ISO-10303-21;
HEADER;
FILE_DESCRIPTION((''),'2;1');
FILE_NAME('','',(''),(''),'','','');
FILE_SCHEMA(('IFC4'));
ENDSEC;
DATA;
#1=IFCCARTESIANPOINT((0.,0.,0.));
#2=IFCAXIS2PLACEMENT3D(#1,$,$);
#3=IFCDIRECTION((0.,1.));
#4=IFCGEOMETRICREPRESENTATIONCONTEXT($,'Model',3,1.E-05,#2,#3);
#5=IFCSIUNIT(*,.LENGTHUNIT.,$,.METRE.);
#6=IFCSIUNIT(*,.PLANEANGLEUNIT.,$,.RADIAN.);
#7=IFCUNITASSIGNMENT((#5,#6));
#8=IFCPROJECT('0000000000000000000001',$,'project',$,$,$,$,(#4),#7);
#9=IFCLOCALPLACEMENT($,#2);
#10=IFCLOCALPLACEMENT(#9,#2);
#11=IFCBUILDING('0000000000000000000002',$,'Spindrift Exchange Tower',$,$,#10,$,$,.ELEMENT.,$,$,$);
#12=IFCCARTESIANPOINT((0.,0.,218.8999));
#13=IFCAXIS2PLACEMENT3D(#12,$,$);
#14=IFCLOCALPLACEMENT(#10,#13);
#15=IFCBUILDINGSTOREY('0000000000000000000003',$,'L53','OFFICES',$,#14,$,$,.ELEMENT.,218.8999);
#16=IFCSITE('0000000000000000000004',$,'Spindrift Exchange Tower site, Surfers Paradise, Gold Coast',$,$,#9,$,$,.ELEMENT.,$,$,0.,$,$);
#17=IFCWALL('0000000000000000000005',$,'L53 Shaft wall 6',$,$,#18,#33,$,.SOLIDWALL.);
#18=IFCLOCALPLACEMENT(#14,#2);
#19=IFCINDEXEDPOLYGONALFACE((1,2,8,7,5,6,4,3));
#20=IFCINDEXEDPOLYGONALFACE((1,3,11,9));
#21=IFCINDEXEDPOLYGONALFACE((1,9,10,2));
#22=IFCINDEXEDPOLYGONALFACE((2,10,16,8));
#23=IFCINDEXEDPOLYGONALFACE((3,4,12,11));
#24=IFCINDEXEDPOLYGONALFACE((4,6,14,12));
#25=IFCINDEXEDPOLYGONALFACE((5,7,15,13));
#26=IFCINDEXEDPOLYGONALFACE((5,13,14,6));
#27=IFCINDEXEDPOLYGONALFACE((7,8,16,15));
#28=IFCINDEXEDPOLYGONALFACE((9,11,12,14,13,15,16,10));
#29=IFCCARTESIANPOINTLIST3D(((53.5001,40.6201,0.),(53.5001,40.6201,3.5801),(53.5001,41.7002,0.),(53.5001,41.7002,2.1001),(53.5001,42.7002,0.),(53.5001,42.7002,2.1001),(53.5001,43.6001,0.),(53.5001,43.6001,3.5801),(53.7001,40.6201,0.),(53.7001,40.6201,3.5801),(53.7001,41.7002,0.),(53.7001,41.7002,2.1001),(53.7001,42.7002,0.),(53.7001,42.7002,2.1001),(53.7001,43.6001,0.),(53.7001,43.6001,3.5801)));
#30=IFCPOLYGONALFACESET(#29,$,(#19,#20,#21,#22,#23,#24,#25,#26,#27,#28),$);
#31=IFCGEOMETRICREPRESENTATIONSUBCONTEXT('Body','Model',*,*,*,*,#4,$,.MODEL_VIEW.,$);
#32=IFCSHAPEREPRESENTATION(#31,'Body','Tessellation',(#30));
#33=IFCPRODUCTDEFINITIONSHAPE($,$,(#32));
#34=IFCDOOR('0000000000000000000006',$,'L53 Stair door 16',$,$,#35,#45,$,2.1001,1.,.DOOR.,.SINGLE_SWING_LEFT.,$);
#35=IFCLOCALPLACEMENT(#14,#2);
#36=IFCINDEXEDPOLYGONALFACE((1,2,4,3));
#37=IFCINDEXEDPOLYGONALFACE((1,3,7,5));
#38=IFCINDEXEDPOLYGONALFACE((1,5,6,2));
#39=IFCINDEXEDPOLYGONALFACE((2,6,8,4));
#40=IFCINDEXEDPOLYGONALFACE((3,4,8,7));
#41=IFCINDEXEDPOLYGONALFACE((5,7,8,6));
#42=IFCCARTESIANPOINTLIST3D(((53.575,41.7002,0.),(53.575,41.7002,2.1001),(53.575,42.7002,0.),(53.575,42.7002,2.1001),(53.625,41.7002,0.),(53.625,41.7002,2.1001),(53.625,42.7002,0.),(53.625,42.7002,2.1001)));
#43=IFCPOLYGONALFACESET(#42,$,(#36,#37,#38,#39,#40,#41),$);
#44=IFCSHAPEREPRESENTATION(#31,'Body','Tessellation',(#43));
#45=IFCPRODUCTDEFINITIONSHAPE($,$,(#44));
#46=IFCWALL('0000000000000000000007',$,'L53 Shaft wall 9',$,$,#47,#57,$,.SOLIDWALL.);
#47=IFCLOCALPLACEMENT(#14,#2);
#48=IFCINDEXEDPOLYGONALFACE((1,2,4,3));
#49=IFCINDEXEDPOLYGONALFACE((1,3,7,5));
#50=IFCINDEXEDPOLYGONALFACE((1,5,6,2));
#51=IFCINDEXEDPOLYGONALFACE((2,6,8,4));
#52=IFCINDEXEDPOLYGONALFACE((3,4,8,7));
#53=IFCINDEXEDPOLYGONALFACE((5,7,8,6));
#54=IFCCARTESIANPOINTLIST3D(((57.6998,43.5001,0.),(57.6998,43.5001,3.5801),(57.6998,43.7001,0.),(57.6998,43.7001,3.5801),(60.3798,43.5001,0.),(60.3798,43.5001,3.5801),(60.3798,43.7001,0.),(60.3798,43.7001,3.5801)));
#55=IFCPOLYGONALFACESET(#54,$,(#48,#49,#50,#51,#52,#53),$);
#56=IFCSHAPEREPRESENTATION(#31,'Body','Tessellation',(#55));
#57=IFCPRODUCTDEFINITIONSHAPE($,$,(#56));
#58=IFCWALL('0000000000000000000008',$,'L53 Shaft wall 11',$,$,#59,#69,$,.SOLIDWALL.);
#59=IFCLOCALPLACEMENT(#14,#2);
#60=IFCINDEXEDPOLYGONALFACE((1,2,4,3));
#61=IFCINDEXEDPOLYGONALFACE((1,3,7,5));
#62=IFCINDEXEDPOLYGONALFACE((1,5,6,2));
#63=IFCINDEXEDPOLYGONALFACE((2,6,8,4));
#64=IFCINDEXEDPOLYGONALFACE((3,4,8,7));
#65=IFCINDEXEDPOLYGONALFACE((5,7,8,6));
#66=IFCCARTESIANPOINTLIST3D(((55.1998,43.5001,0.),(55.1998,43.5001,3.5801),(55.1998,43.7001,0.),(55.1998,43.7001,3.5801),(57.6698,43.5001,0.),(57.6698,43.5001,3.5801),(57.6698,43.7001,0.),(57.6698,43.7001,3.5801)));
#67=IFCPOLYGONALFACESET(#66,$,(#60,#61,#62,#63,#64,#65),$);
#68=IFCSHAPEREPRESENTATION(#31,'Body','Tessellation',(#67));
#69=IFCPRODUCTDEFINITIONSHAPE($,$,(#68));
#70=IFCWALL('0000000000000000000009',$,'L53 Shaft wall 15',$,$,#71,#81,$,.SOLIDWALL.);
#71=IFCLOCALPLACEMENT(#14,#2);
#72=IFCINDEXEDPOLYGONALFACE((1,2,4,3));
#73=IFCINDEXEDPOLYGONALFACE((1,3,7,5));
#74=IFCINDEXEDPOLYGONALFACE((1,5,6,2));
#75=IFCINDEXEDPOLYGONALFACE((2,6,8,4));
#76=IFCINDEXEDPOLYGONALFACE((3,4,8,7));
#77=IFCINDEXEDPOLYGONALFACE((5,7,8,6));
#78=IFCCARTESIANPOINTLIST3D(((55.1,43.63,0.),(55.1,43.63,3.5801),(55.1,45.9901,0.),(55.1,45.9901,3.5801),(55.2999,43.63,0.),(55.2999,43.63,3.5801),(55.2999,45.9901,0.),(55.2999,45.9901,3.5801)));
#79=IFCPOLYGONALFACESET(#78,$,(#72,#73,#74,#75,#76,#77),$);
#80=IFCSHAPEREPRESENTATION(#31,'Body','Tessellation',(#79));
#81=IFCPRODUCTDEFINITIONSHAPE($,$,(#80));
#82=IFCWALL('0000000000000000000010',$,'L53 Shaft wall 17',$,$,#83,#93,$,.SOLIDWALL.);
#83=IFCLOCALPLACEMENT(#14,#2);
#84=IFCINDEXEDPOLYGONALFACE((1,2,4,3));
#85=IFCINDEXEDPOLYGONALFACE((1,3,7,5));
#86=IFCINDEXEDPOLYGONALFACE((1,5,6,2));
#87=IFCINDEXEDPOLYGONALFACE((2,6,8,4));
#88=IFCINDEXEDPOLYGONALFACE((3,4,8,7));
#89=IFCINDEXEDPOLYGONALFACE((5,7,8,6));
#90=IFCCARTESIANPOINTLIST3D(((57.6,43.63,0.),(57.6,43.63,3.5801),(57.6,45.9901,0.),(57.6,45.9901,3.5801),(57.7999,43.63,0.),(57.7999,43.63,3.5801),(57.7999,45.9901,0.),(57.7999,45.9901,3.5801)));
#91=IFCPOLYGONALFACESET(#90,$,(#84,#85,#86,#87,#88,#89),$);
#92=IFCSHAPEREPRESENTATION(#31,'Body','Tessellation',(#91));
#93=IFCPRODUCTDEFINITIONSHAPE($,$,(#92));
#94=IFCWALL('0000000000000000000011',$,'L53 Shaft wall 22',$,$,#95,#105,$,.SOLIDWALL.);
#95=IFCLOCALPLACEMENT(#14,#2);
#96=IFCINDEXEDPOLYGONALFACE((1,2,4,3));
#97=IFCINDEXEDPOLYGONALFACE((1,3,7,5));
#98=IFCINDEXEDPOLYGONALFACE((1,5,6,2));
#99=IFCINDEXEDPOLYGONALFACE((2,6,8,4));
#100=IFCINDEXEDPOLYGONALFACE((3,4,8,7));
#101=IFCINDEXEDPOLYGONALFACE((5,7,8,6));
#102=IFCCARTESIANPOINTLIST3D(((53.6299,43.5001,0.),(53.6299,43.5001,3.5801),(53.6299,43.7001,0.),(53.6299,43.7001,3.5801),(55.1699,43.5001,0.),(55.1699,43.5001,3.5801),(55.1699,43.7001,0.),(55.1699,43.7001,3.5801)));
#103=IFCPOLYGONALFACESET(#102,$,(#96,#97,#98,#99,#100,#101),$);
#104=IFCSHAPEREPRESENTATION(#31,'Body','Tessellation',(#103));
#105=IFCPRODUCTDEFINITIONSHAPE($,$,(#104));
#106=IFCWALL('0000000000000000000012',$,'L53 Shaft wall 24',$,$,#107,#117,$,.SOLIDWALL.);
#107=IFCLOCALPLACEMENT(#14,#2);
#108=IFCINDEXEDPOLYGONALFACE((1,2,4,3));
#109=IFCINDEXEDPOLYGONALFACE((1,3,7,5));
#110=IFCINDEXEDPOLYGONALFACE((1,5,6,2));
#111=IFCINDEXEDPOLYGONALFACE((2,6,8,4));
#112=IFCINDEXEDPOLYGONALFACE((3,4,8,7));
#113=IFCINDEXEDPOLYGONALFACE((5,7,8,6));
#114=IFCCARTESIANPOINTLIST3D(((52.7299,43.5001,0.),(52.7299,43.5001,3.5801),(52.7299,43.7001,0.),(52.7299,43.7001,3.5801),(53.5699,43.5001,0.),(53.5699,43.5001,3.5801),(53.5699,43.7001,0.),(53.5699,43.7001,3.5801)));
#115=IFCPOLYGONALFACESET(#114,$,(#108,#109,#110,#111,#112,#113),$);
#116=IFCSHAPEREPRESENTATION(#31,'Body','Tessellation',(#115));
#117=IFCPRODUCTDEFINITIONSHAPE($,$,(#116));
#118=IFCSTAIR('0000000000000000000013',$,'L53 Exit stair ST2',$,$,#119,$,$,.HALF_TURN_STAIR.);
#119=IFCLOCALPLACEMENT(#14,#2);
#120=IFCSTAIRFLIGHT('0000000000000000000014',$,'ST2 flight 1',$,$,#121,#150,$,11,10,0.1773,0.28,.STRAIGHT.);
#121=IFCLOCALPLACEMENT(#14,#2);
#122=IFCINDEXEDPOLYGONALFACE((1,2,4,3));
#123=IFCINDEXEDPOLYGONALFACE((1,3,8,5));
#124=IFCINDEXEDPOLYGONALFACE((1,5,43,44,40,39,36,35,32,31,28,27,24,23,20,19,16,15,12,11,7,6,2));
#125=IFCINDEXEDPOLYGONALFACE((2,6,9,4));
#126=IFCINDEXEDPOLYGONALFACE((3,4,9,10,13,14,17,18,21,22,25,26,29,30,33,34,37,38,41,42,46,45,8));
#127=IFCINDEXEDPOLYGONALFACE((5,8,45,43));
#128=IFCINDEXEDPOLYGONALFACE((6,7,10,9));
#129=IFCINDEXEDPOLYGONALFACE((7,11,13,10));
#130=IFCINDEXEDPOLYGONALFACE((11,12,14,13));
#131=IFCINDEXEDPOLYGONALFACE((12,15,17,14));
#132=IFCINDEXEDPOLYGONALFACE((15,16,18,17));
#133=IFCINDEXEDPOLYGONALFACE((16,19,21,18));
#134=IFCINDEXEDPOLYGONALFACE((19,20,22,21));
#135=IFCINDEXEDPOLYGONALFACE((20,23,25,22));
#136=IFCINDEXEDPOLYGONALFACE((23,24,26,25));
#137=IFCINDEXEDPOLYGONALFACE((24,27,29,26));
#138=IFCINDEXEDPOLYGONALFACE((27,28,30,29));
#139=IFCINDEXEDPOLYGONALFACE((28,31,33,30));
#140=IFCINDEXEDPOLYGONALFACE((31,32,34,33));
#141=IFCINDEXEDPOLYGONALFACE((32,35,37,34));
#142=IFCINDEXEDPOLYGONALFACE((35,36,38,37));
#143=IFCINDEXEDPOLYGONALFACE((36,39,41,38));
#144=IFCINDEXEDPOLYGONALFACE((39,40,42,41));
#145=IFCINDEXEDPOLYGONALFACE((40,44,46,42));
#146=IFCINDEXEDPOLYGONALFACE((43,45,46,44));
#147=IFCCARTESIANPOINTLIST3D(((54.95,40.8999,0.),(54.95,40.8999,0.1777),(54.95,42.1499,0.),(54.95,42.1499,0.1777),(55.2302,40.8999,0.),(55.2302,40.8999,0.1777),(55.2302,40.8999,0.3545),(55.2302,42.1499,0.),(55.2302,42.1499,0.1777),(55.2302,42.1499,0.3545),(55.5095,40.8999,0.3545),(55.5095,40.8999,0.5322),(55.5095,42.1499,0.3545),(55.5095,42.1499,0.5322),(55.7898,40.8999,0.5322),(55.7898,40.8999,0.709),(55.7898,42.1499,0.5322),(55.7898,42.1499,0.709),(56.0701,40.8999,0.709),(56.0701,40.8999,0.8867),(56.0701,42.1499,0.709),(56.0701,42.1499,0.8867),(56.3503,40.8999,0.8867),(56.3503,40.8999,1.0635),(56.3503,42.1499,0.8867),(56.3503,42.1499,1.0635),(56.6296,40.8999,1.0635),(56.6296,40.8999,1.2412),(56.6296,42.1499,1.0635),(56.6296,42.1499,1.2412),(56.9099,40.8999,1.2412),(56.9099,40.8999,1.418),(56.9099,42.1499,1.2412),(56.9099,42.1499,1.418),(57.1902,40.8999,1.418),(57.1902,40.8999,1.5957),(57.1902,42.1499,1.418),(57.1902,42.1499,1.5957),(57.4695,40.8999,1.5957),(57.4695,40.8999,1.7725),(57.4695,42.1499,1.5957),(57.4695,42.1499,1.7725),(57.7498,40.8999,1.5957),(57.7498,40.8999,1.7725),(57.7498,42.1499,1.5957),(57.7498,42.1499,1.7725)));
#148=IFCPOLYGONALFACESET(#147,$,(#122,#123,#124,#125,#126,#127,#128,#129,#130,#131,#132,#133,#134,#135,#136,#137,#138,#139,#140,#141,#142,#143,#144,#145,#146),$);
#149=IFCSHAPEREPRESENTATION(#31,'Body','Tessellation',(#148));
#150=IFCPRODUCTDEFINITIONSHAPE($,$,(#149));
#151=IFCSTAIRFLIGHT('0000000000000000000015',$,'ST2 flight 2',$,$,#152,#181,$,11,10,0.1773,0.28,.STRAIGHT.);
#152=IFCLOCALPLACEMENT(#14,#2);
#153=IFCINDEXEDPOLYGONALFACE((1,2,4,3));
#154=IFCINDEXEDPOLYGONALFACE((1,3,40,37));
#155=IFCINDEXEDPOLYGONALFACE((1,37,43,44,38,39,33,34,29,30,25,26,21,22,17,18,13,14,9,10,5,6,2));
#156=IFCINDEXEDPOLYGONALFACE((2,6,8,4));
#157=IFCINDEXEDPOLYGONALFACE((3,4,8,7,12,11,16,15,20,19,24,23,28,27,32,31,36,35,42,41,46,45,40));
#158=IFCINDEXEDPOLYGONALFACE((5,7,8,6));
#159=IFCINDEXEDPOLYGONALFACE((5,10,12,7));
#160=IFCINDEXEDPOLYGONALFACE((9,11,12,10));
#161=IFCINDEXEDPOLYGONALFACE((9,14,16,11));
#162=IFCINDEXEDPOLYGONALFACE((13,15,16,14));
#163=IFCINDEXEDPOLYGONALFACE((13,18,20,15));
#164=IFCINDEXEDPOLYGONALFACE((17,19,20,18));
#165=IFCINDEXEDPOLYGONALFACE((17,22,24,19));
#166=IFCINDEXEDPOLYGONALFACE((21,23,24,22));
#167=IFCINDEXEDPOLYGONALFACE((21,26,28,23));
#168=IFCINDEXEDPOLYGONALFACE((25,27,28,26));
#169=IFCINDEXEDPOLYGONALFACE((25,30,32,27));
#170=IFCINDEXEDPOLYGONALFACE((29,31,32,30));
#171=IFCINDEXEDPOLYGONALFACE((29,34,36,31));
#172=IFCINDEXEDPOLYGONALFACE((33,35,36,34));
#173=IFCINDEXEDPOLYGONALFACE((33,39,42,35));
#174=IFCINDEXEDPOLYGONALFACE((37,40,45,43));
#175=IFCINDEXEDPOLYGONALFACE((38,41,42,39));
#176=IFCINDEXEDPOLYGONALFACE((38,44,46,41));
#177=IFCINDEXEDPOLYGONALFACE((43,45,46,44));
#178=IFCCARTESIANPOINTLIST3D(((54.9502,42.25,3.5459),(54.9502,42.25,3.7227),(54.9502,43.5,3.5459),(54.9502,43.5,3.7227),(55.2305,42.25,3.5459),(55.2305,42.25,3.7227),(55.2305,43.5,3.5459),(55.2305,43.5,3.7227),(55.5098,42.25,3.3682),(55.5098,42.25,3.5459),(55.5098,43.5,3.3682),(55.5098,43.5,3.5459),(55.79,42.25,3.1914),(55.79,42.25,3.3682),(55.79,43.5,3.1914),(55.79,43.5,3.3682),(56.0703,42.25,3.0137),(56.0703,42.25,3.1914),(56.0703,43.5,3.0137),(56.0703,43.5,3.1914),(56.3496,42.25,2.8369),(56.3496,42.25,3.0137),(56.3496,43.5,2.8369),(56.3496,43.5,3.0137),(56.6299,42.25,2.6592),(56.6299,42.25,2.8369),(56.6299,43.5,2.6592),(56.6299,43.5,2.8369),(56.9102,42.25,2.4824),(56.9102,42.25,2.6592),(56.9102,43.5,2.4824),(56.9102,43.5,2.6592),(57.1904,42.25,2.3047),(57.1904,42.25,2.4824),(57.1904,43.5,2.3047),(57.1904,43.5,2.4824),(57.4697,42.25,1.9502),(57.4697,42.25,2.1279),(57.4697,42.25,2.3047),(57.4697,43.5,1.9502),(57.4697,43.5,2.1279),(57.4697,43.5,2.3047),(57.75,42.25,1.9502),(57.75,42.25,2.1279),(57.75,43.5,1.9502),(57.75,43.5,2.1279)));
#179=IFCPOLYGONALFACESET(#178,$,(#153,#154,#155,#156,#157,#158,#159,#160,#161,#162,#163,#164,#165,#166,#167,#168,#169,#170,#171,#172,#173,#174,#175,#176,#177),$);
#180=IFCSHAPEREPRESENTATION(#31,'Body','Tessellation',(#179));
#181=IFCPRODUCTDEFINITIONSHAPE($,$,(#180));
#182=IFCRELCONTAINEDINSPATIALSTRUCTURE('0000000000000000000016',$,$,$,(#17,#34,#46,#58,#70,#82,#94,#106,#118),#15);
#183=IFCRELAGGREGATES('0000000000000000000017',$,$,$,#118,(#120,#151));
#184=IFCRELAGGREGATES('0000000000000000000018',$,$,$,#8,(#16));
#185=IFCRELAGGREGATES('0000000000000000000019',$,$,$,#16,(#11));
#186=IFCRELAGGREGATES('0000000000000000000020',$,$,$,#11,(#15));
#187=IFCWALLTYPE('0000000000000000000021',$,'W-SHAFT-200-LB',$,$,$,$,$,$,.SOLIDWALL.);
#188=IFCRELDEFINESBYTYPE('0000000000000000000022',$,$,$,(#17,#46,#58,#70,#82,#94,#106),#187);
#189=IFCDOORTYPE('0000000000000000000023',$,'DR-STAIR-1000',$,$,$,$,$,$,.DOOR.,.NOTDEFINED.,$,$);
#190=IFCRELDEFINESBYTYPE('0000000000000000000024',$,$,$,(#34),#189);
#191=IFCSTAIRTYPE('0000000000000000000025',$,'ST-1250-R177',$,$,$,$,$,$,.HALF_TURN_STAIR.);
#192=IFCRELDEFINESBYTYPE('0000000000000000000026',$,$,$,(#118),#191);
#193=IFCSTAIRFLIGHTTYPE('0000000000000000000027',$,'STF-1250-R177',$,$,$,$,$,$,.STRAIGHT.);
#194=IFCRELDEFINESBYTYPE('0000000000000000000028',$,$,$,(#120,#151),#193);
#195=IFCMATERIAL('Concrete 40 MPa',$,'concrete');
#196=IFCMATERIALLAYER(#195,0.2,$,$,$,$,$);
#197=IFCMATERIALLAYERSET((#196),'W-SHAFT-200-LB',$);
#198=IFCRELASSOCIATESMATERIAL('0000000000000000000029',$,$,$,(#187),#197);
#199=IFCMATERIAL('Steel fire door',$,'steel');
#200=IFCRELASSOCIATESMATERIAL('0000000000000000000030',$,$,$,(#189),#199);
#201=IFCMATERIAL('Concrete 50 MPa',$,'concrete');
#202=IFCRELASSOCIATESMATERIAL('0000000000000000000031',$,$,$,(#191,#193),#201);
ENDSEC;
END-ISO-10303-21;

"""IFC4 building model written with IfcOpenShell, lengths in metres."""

from ifc_helpers import new_model, si_unit, direction, frame, frame_2d, origin, place, context, subcontext, project, spatial, line, indexed_curve, rectangle, outline, extrude, source, transform, mapped, material, layer, layer_set, type_object, element, fill, aggregate, save


model = new_model("IFC4")

# Units and contexts
model_context = context("Model", 3, precision=1e-05, world=origin(), true_north=direction((0.0, 1.0)))
body_context = subcontext(model_context, "Body", "Model", "MODEL_VIEW")
ifc_project = project(units=[si_unit("LENGTHUNIT", "METRE"), si_unit("PLANEANGLEUNIT", "RADIAN")], contexts=[model_context])

# Site, building, storey
site_placement = place(None, origin())
site = spatial("IfcSite", under=ifc_project, at=site_placement, Name="Spindrift Exchange Tower site, Surfers Paradise, Gold Coast", CompositionType="ELEMENT", RefElevation=0.0)
building_placement = place(site_placement, origin())
building = spatial("IfcBuilding", under=site, at=building_placement, Name="Spindrift Exchange Tower", CompositionType="ELEMENT")
storey_placement = place(building_placement, frame((0.0, 0.0, 218.8999)))
storey = spatial("IfcBuildingStorey", under=building, at=storey_placement, Name="L53", Description="OFFICES", CompositionType="ELEMENT", Elevation=218.8999)

# Shared definitions
ifc_material_1 = material(Name="Concrete 40 MPa", Category="concrete")

# Wall, opening, door
ifc_layer_1 = layer(ifc_material_1, 0.2)
ifc_layer_set_1 = layer_set([ifc_layer_1], Name="W-SHAFT-200-LB")
wall_type_1 = type_object("IfcWallType", Name="W-SHAFT-200-LB", PredefinedType="SOLIDWALL", material=ifc_layer_set_1)
wall_1_placement = place(storey_placement, frame((53.6001, 43.6001, 0.0), z_axis=(0.0, 0.0, 1.0), x_axis=(0.0, -1.0, 0.0)))
wall_1 = element("IfcWall", 1, at=wall_1_placement, inside=storey, type_object=wall_type_1, Name="L53 Shaft wall 6", PredefinedType="SOLIDWALL", context=body_context, shape_type="SweptSolid", body=[
    extrude(rectangle(XDim=2.98, YDim=0.2, at=frame_2d((1.49, 0.0))), origin(), (0.0, 0.0, 1.0), 3.5801),
])
opening_placement = place(wall_1_placement, frame((0.8999, 0.0, 0.0)))
opening = element("IfcOpeningElement", 2, at=opening_placement, cuts=wall_1, PredefinedType="OPENING", context=body_context, shape_type="SweptSolid", body=[
    extrude(rectangle(XDim=1.0, YDim=2.1001, at=frame_2d((0.5, 1.05))), frame((0.0, 0.1099, 0.0), z_axis=(0.0, -1.0, 0.0), x_axis=(1.0, 0.0, 0.0)), (0.0, 0.0, 1.0), 0.22),
])
ifc_material_2 = material(Name="Steel fire door", Category="steel")
door_type = type_object("IfcDoorType", Name="DR-STAIR-1000", OperationType="NOTDEFINED", PredefinedType="DOOR", material=ifc_material_2)
shared_shape_1 = source(origin(), body_context, "Body", "SweptSolid", [
    extrude(rectangle(XDim=1.0, YDim=2.1001, at=frame_2d((0.5, 1.05))), frame((0.0, 0.0249, 0.0), z_axis=(0.0, -1.0, 0.0), x_axis=(1.0, 0.0, 0.0)), (0.0, 0.0, 1.0), 0.05),
])
door_placement = place(opening_placement, origin())
door = element("IfcDoor", 3, at=door_placement, inside=storey, type_object=door_type, Name="L53 Stair door 16", OperationType="SINGLE_SWING_LEFT", OverallHeight=2.1001, OverallWidth=1.0, PredefinedType="DOOR", context=body_context, shape_type="MappedRepresentation", body=[
    mapped(shared_shape_1, transform((0.0, 0.0, 0.0), scale=1.0)),
])
fill(opening, door)

# Walls
wall_2_placement = place(storey_placement, frame((57.7, 43.6001, 0.0), z_axis=(0.0, 0.0, 1.0), x_axis=(1.0, 0.0, 0.0)))
element("IfcWall", 4, at=wall_2_placement, inside=storey, type_object=wall_type_1, Name="L53 Shaft wall 9", PredefinedType="SOLIDWALL", context=body_context, shape_type="SweptSolid", body=[
    extrude(rectangle(XDim=2.6799, YDim=0.2, at=frame_2d((1.3398, 0.0))), origin(), (0.0, 0.0, 1.0), 3.5801),
])
wall_3_placement = place(storey_placement, frame((55.2, 43.6001, 0.0), z_axis=(0.0, 0.0, 1.0), x_axis=(1.0, 0.0, 0.0)))
element("IfcWall", 5, at=wall_3_placement, inside=storey, type_object=wall_type_1, Name="L53 Shaft wall 11", PredefinedType="SOLIDWALL", context=body_context, shape_type="SweptSolid", body=[
    extrude(rectangle(XDim=2.47, YDim=0.2, at=frame_2d((1.2349, 0.0))), origin(), (0.0, 0.0, 1.0), 3.5801),
])
for number, where, z_axis, x_axis, name in (
    (6, (55.2, 43.6299, 0.0), (0.0, 0.0, 1.0), (0.0, 1.0, 0.0), "L53 Shaft wall 15"),
    (7, (57.7, 43.6299, 0.0), (0.0, 0.0, 1.0), (0.0, 1.0, 0.0), "L53 Shaft wall 17"),
):
    element("IfcWall", number, at=place(storey_placement, frame(where, z_axis=z_axis, x_axis=x_axis)), inside=storey, type_object=wall_type_1, Name=name, PredefinedType="SOLIDWALL", context=body_context, shape_type="SweptSolid", body=[
        extrude(rectangle(XDim=2.3601, YDim=0.2, at=frame_2d((1.1802, 0.0))), origin(), (0.0, 0.0, 1.0), 3.5801),
    ])
wall_4_placement = place(storey_placement, frame((53.6299, 43.6001, 0.0), z_axis=(0.0, 0.0, 1.0), x_axis=(1.0, 0.0, 0.0)))
element("IfcWall", 8, at=wall_4_placement, inside=storey, type_object=wall_type_1, Name="L53 Shaft wall 22", PredefinedType="SOLIDWALL", context=body_context, shape_type="SweptSolid", body=[
    extrude(rectangle(XDim=1.54, YDim=0.2, at=frame_2d((0.77, 0.0))), origin(), (0.0, 0.0, 1.0), 3.5801),
])
wall_5_placement = place(storey_placement, frame((52.73, 43.6001, 0.0), z_axis=(0.0, 0.0, 1.0), x_axis=(1.0, 0.0, 0.0)))
element("IfcWall", 9, at=wall_5_placement, inside=storey, type_object=wall_type_1, Name="L53 Shaft wall 24", PredefinedType="SOLIDWALL", context=body_context, shape_type="SweptSolid", body=[
    extrude(rectangle(XDim=0.8401, YDim=0.2, at=frame_2d((0.4199, 0.0))), origin(), (0.0, 0.0, 1.0), 3.5801),
])

# Stair, stair flights
ifc_material_3 = material(Name="Concrete 50 MPa", Category="concrete")
stair_type = type_object("IfcStairType", Name="ST-1250-R177", PredefinedType="HALF_TURN_STAIR", material=ifc_material_3)
stair_placement = place(storey_placement, origin())
stair = element("IfcStair", 10, at=stair_placement, inside=storey, type_object=stair_type, Name="L53 Exit stair ST2", PredefinedType="HALF_TURN_STAIR")
stair_flight_type = type_object("IfcStairFlightType", Name="STF-1250-R177", PredefinedType="STRAIGHT", material=ifc_material_3)
stair_flight_1_placement = place(storey_placement, frame((54.95, 41.5249, 0.0), z_axis=(0.0, 0.0, 1.0), x_axis=(1.0, 0.0, 0.0)))
stair_flight_1 = element("IfcStairFlight", 11, at=stair_flight_1_placement, type_object=stair_flight_type, Name="ST2 flight 1", NumberOfRisers=11, NumberOfTreads=10, PredefinedType="STRAIGHT", RiserHeight=0.1773, TreadLength=0.28, context=body_context, shape_type="SweptSolid", body=[
    extrude(outline(indexed_curve([(0.0, 0.0), (0.0, 0.1777), (0.2803, 0.1777), (0.2803, 0.3545), (0.5596, 0.3545), (0.5596, 0.5322), (0.8398, 0.5322), (0.8398, 0.709), (1.1201, 0.709), (1.1201, 0.8867), (1.4004, 0.8867), (1.4004, 1.0635), (1.6797, 1.0635), (1.6797, 1.2412), (1.96, 1.2412), (1.96, 1.418), (2.2402, 1.418), (2.2402, 1.5957), (2.5195, 1.5957), (2.5195, 1.7725), (2.7998, 1.7725), (2.7998, 1.9502), (2.7998, 1.5957), (0.2803, 0.0)], segments=[line(1, 2, 3, 4, 5, 6, 7, 8, 9, 10, 11, 12, 13, 14, 15, 16, 17, 18, 19, 20, 21, 22, 23, 24, 1)], self_intersect=False)), frame((0.0, 0.625, 0.0), z_axis=(0.0, -1.0, 0.0), x_axis=(1.0, 0.0, 0.0)), (0.0, 0.0, 1.0), 1.25),
])
stair_flight_2_placement = place(storey_placement, frame((57.75, 42.875, 1.9502), z_axis=(0.0, 0.0, 1.0), x_axis=(-1.0, 0.0, 0.0)))
stair_flight_2 = element("IfcStairFlight", 12, at=stair_flight_2_placement, type_object=stair_flight_type, Name="ST2 flight 2", NumberOfRisers=11, NumberOfTreads=10, PredefinedType="STRAIGHT", RiserHeight=0.1773, TreadLength=0.28, context=body_context, shape_type="SweptSolid", body=[
    extrude(outline(indexed_curve([(0.0, 0.0), (0.0, 0.1777), (0.2803, 0.1777), (0.2803, 0.3545), (0.5596, 0.3545), (0.5596, 0.5322), (0.8398, 0.5322), (0.8398, 0.709), (1.1201, 0.709), (1.1201, 0.8867), (1.4004, 0.8867), (1.4004, 1.0635), (1.6797, 1.0635), (1.6797, 1.2412), (1.96, 1.2412), (1.96, 1.418), (2.2402, 1.418), (2.2402, 1.5957), (2.5195, 1.5957), (2.5195, 1.7725), (2.7998, 1.7725), (2.7998, 1.9502), (2.7998, 1.5957), (0.2803, 0.0)], segments=[line(1, 2, 3, 4, 5, 6, 7, 8, 9, 10, 11, 12, 13, 14, 15, 16, 17, 18, 19, 20, 21, 22, 23, 24, 1)], self_intersect=False)), frame((0.0, 0.625, 0.0), z_axis=(0.0, -1.0, 0.0), x_axis=(1.0, 0.0, 0.0)), (0.0, 0.0, 1.0), 1.25),
])
aggregate(stair, [stair_flight_1, stair_flight_2])

save(model, "model.ifc")
